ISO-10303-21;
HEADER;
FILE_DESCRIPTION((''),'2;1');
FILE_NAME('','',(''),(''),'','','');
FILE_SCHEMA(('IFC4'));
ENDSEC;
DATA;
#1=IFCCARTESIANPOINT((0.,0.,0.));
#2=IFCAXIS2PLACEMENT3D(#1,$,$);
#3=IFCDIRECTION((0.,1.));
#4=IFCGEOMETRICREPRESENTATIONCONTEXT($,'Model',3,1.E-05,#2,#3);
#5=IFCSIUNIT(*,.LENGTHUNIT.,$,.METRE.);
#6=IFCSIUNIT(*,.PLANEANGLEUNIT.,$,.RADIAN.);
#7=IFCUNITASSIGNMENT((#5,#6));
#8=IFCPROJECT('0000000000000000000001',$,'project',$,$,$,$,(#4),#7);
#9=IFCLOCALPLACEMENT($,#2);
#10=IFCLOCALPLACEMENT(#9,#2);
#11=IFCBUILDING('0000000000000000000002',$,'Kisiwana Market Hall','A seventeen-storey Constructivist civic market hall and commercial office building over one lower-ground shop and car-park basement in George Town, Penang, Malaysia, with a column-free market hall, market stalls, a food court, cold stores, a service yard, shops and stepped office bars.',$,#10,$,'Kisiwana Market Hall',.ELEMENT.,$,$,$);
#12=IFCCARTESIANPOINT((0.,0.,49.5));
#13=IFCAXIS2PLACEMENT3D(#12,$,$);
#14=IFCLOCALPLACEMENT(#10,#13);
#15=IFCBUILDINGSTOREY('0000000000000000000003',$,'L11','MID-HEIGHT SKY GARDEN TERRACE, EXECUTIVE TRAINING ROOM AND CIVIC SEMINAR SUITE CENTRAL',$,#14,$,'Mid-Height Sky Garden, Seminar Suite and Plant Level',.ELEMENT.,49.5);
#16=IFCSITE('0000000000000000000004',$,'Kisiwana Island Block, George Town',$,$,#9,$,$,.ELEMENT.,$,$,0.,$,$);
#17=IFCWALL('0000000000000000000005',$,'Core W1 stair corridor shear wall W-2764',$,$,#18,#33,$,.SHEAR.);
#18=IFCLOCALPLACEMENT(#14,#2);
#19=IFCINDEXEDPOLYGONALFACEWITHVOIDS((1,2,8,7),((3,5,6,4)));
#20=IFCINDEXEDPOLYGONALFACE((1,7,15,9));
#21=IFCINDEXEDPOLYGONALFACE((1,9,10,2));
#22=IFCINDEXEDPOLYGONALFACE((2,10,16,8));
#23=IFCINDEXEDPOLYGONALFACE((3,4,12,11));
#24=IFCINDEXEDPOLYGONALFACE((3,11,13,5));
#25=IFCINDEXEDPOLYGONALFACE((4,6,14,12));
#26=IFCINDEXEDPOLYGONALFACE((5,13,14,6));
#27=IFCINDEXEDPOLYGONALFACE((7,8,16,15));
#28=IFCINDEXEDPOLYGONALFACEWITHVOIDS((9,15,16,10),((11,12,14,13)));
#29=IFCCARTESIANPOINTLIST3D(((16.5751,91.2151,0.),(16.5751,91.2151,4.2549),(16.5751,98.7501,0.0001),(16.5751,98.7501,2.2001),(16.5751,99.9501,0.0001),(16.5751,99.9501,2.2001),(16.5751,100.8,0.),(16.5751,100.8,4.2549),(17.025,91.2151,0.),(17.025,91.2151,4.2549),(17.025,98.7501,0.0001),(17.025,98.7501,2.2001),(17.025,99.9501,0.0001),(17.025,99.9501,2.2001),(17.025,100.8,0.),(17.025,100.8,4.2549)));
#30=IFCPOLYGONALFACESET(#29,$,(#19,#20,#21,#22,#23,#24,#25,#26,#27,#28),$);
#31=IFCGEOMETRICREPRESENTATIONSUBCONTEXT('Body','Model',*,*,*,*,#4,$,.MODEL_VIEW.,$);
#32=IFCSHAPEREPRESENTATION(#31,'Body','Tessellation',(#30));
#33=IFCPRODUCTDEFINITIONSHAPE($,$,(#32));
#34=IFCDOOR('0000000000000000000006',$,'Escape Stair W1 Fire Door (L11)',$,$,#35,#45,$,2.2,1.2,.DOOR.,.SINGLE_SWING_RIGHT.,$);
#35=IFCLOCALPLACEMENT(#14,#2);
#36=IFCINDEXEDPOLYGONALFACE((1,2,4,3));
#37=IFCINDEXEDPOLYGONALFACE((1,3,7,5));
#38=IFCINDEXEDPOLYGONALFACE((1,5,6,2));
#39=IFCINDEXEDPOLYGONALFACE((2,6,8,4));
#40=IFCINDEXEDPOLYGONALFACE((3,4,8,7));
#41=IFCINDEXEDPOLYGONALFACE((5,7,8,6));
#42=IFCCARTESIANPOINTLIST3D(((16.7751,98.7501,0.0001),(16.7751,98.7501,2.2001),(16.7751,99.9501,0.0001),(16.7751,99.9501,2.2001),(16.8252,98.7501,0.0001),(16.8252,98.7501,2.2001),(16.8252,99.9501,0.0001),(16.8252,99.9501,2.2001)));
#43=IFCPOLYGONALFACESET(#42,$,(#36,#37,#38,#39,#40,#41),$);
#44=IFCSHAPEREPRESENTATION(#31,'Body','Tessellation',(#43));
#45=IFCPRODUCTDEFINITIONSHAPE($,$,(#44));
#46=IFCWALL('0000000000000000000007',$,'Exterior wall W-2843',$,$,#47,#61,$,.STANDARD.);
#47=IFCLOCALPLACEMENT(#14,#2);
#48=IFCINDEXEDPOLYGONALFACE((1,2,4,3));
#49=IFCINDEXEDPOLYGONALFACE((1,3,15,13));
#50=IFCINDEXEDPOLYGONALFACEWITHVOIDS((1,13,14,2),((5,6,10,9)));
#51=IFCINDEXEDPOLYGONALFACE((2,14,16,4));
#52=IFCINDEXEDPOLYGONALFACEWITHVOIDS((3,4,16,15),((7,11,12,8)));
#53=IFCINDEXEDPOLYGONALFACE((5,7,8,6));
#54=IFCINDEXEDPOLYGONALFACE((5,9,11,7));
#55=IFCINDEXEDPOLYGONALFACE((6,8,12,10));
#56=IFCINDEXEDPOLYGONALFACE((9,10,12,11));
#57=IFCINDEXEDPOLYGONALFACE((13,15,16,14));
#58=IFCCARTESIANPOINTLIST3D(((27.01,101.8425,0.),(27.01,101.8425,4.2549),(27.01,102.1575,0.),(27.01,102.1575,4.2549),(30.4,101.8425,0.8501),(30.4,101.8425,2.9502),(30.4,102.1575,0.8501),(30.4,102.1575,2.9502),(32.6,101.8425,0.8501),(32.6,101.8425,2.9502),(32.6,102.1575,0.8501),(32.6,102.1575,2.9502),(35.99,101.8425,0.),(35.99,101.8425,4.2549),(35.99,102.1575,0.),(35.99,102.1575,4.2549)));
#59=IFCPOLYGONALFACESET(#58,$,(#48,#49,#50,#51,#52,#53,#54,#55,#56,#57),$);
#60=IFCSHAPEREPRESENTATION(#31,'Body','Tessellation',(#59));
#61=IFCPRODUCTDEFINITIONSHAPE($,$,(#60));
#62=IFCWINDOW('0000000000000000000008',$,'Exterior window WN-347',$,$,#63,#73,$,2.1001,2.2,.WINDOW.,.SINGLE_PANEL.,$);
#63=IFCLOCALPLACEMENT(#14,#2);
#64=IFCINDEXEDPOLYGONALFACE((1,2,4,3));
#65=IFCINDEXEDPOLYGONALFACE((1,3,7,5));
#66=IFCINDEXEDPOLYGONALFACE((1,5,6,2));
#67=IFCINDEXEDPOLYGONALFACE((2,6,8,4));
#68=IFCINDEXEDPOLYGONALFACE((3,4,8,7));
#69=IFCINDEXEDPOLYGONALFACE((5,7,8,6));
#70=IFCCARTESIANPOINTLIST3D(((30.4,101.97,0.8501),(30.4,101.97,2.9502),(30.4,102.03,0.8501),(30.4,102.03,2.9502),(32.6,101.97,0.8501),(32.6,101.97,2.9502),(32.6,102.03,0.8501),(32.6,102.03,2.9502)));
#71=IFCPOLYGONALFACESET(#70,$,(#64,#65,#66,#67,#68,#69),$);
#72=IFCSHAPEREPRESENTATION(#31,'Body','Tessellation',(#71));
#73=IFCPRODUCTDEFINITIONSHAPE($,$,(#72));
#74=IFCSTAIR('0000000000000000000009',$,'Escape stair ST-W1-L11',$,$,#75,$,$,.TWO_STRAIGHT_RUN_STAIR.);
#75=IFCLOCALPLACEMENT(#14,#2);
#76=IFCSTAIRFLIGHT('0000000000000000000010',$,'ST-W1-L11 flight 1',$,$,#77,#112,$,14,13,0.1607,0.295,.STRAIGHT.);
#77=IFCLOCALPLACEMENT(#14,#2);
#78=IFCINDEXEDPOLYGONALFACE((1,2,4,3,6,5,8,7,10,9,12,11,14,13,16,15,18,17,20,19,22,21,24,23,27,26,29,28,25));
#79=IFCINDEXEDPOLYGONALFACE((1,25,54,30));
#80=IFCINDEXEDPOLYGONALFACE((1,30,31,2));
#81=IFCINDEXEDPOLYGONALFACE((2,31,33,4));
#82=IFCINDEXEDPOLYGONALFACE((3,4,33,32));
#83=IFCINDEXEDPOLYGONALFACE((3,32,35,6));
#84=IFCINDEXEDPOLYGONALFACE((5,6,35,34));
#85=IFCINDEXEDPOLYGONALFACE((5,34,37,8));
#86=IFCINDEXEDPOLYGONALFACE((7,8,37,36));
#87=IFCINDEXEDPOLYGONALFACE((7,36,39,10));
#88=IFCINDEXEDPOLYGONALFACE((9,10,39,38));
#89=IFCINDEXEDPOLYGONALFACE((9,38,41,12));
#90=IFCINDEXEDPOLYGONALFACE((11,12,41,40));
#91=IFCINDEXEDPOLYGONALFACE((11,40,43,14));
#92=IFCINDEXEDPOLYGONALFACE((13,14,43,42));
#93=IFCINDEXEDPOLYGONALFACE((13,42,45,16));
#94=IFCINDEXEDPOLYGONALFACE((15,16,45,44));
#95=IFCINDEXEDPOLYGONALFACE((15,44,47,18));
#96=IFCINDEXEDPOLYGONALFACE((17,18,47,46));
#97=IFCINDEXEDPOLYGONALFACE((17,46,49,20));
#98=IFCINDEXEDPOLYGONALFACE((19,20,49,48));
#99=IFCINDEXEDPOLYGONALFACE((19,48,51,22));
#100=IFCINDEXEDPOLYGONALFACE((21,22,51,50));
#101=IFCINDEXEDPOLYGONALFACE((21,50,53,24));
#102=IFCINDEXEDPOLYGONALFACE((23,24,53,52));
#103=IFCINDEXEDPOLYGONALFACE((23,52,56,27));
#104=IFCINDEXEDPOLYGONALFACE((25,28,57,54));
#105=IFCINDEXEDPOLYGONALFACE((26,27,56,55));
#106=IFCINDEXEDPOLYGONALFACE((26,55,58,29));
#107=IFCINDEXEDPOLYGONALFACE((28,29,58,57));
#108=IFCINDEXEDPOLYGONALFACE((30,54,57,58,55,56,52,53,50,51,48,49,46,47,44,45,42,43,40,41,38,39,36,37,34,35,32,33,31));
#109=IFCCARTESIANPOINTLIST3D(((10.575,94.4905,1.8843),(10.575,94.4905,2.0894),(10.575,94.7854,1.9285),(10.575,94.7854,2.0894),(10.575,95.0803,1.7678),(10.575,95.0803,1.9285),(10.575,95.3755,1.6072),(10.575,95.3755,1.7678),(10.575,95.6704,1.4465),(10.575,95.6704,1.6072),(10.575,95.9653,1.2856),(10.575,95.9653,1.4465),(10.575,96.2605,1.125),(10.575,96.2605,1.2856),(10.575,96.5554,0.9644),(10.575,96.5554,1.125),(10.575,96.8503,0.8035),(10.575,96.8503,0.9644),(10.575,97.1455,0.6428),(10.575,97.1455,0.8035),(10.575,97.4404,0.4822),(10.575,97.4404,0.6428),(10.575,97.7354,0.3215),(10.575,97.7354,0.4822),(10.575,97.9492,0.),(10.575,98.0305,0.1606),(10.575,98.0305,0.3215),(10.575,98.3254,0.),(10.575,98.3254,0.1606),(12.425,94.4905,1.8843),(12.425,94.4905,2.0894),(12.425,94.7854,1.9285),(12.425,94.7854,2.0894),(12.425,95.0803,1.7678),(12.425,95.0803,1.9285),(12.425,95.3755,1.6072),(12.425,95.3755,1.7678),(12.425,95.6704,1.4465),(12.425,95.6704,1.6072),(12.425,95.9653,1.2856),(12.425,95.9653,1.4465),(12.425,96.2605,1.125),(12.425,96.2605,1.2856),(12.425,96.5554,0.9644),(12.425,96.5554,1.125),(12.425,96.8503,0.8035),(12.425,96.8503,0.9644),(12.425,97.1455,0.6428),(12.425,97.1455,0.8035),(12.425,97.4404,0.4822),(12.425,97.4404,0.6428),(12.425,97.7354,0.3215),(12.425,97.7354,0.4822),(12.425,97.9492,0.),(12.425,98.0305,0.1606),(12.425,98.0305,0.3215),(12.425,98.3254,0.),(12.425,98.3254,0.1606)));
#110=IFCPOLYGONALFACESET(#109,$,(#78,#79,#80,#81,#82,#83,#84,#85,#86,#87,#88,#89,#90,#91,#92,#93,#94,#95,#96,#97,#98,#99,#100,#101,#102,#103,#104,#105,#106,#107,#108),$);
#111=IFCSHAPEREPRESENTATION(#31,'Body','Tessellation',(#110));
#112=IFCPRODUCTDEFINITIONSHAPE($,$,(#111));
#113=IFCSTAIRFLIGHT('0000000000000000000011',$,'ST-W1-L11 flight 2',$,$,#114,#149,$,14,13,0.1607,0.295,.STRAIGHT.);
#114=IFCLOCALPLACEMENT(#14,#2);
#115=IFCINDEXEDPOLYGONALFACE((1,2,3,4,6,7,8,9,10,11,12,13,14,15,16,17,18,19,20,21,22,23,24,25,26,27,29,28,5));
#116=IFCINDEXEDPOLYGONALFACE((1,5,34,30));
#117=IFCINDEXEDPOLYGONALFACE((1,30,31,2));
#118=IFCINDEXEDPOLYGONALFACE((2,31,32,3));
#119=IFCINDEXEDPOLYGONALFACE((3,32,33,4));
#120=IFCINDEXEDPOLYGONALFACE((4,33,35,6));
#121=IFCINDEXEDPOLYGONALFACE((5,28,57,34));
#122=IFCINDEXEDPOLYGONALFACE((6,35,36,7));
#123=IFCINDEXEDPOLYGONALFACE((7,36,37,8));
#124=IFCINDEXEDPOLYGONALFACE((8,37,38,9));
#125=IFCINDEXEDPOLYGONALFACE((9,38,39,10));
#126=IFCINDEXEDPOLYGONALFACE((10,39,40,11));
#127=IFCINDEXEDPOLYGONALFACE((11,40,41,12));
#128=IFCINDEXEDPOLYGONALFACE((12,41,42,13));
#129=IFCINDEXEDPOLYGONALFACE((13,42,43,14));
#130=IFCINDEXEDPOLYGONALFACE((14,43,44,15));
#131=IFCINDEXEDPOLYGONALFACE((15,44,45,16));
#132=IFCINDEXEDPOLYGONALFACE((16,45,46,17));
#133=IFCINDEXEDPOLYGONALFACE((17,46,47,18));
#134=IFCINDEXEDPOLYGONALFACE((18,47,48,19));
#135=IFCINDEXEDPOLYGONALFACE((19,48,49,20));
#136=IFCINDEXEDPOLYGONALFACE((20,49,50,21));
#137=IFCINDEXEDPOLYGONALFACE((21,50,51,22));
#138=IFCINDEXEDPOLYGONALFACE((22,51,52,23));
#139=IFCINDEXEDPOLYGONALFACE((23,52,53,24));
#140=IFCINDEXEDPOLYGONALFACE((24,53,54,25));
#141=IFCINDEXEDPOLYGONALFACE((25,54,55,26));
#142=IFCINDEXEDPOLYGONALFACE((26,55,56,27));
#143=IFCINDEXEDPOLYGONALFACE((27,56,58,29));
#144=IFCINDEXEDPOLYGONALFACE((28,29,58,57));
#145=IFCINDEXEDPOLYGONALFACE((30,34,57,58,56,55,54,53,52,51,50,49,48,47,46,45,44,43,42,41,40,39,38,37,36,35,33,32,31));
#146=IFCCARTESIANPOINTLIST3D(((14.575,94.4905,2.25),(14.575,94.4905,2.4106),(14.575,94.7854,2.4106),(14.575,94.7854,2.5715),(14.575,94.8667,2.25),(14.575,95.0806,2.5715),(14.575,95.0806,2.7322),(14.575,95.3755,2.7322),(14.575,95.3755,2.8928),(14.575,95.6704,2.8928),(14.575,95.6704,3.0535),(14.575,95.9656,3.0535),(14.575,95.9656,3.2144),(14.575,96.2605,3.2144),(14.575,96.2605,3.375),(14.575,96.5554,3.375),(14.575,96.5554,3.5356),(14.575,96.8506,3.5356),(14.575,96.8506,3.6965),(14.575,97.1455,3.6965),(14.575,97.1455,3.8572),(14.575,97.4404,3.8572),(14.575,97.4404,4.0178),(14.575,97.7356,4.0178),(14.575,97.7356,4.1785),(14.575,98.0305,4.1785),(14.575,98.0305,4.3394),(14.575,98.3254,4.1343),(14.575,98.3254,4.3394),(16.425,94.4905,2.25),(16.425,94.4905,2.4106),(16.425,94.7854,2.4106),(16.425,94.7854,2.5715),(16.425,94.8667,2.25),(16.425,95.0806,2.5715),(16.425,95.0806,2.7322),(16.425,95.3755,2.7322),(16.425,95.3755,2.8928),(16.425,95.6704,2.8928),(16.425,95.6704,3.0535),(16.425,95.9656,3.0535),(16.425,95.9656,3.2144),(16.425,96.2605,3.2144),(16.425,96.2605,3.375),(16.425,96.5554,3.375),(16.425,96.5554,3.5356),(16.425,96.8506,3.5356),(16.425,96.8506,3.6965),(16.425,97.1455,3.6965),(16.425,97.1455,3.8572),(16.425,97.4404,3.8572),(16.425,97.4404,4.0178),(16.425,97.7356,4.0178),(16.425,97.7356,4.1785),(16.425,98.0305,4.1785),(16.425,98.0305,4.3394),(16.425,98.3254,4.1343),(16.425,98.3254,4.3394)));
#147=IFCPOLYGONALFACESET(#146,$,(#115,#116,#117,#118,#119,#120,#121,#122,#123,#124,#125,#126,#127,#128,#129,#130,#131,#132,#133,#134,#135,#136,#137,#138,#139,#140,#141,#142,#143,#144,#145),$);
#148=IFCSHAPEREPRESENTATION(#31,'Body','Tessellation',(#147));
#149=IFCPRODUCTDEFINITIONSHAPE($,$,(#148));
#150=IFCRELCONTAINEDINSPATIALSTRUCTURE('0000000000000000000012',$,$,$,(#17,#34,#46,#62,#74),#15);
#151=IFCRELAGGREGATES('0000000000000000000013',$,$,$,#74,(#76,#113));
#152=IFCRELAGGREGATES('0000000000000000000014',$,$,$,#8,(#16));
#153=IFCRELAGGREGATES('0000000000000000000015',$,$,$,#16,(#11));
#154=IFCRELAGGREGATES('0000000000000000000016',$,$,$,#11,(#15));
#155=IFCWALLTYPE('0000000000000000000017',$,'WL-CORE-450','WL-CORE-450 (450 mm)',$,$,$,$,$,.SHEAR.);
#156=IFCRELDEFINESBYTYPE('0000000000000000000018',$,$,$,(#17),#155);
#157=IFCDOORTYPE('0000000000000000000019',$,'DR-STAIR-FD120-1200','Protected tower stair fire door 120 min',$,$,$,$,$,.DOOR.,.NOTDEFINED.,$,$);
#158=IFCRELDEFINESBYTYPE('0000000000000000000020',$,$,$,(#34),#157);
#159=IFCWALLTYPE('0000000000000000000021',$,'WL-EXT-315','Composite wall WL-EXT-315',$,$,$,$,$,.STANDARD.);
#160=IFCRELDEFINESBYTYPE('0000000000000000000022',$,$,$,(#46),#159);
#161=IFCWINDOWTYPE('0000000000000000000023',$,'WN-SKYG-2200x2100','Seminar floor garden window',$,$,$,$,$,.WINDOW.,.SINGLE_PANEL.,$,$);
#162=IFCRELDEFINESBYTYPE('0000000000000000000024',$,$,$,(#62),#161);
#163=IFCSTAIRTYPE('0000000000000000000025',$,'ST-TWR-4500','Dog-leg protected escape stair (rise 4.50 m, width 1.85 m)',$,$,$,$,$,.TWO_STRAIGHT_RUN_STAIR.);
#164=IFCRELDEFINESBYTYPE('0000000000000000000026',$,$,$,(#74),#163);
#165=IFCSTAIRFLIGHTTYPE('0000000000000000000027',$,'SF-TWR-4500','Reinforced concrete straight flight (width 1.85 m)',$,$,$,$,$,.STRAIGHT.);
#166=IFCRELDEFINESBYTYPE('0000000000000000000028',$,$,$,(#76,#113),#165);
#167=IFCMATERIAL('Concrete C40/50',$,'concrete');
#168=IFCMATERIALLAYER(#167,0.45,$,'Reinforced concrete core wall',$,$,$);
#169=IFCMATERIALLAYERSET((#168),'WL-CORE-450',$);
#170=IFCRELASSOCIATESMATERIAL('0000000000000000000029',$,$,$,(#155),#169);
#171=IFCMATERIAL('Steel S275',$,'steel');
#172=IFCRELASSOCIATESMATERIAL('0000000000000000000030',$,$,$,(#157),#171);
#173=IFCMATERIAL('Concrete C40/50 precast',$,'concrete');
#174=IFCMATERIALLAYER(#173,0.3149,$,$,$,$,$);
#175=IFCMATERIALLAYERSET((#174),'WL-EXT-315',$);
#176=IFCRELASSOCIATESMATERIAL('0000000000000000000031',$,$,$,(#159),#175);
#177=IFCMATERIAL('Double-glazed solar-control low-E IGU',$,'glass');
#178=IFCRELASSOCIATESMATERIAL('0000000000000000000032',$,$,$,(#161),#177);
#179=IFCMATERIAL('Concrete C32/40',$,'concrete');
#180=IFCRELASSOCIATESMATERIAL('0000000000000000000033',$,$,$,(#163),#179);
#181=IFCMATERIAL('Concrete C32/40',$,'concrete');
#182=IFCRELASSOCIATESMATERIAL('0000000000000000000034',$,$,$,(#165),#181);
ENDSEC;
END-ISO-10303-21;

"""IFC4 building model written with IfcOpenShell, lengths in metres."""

from ifc_helpers import new_model, si_unit, direction, frame, frame_2d, origin, place, context, subcontext, project, spatial, polyline, rectangle, outline, extrude, material, layer, layer_set, type_object, element, fill, aggregate, save


model = new_model("IFC4")

# Units and contexts
model_context = context("Model", 3, precision=1e-05, world=origin(), true_north=direction((0.0, 1.0)))
body_context = subcontext(model_context, "Body", "Model", "MODEL_VIEW")
ifc_project = project(units=[si_unit("LENGTHUNIT", "METRE"), si_unit("PLANEANGLEUNIT", "RADIAN")], contexts=[model_context])

# Site, building, storey
site_placement = place(None, origin())
site = spatial("IfcSite", under=ifc_project, at=site_placement, Name="Kisiwana Island Block, George Town", CompositionType="ELEMENT", RefElevation=0.0)
building_placement = place(site_placement, origin())
building = spatial("IfcBuilding", under=site, at=building_placement, Name="Kisiwana Market Hall", Description="A seventeen-storey Constructivist civic market hall and commercial office building over one lower-ground shop and car-park basement in George Town, Penang, Malaysia, with a column-free market hall, market stalls, a food court, cold stores, a service yard, shops and stepped office bars.", LongName="Kisiwana Market Hall", CompositionType="ELEMENT")
storey_placement = place(building_placement, frame((0.0, 0.0, 49.5)))
storey = spatial("IfcBuildingStorey", under=building, at=storey_placement, Name="L11", Description="MID-HEIGHT SKY GARDEN TERRACE, EXECUTIVE TRAINING ROOM AND CIVIC SEMINAR SUITE CENTRAL", LongName="Mid-Height Sky Garden, Seminar Suite and Plant Level", CompositionType="ELEMENT", Elevation=49.5)

# Wall, opening, door
ifc_material_1 = material(Name="Concrete C40/50", Category="concrete")
ifc_layer_1 = layer(ifc_material_1, 0.45, Name="Reinforced concrete core wall")
ifc_layer_set_1 = layer_set([ifc_layer_1], Name="WL-CORE-450")
wall_type_1 = type_object("IfcWallType", Name="WL-CORE-450", Description="WL-CORE-450 (450 mm)", PredefinedType="SHEAR", material=ifc_layer_set_1)
wall_1_placement = place(storey_placement, frame((16.8, 91.2151, 0.0), z_axis=(0.0, 0.0, 1.0), x_axis=(0.0, 1.0, 0.0)))
wall_1 = element("IfcWall", 1, at=wall_1_placement, inside=storey, type_object=wall_type_1, Name="Core W1 stair corridor shear wall W-2764", PredefinedType="SHEAR", context=body_context, shape_type="SweptSolid", body=[
    extrude(rectangle(XDim=9.585, YDim=0.45, at=frame_2d((4.7925, 0.0))), origin(), (0.0, 0.0, 1.0), 4.2549),
])
opening_1_placement = place(wall_1_placement, frame((7.5349, 0.0, 0.0)))
opening_1 = element("IfcOpeningElement", 2, at=opening_1_placement, cuts=wall_1, PredefinedType="OPENING", context=body_context, shape_type="SweptSolid", body=[
    extrude(rectangle(XDim=1.2, YDim=2.2, at=frame_2d((0.6001, 1.1001))), frame((0.0, 0.2368, 0.0), z_axis=(0.0, -1.0, 0.0), x_axis=(1.0, 0.0, 0.0)), (0.0, 0.0, 1.0), 0.4739),
])
ifc_material_2 = material(Name="Steel S275", Category="steel")
door_type = type_object("IfcDoorType", Name="DR-STAIR-FD120-1200", Description="Protected tower stair fire door 120 min", OperationType="NOTDEFINED", PredefinedType="DOOR", material=ifc_material_2)
door_placement = place(opening_1_placement, origin())
door = element("IfcDoor", 3, at=door_placement, inside=storey, type_object=door_type, Name="Escape Stair W1 Fire Door (L11)", OperationType="SINGLE_SWING_RIGHT", OverallHeight=2.2, OverallWidth=1.2, PredefinedType="DOOR", context=body_context, shape_type="SweptSolid", body=[
    extrude(rectangle(XDim=1.2, YDim=2.2, at=frame_2d((0.6001, 1.1001))), frame((0.0, 0.0249, 0.0), z_axis=(0.0, -1.0, 0.0), x_axis=(1.0, 0.0, 0.0)), (0.0, 0.0, 1.0), 0.05),
])
fill(opening_1, door)

# Wall, opening, window
ifc_material_3 = material(Name="Concrete C40/50 precast", Category="concrete")
ifc_layer_2 = layer(ifc_material_3, 0.3149)
ifc_layer_set_2 = layer_set([ifc_layer_2], Name="WL-EXT-315")
wall_type_2 = type_object("IfcWallType", Name="WL-EXT-315", Description="Composite wall WL-EXT-315", PredefinedType="STANDARD", material=ifc_layer_set_2)
wall_2_placement = place(storey_placement, frame((27.01, 102.0, 0.0), z_axis=(0.0, 0.0, 1.0), x_axis=(1.0, 0.0, 0.0)))
wall_2 = element("IfcWall", 4, at=wall_2_placement, inside=storey, type_object=wall_type_2, Name="Exterior wall W-2843", PredefinedType="STANDARD", context=body_context, shape_type="SweptSolid", body=[
    extrude(rectangle(XDim=8.98, YDim=0.3149, at=frame_2d((4.49, 0.0))), origin(), (0.0, 0.0, 1.0), 4.2549),
])
opening_2_placement = place(wall_2_placement, frame((3.3899, 0.0, 0.8501)))
opening_2 = element("IfcOpeningElement", 5, at=opening_2_placement, cuts=wall_2, PredefinedType="OPENING", context=body_context, shape_type="SweptSolid", body=[
    extrude(rectangle(XDim=2.2, YDim=2.1001, at=frame_2d((1.1001, 1.05))), frame((0.0, 0.1694, 0.0), z_axis=(0.0, -1.0, 0.0), x_axis=(1.0, 0.0, 0.0)), (0.0, 0.0, 1.0), 0.3389),
])
ifc_material_4 = material(Name="Double-glazed solar-control low-E IGU", Category="glass")
window_type = type_object("IfcWindowType", Name="WN-SKYG-2200x2100", Description="Seminar floor garden window", PartitioningType="SINGLE_PANEL", PredefinedType="WINDOW", material=ifc_material_4)
window_placement = place(opening_2_placement, origin())
window = element("IfcWindow", 6, at=window_placement, inside=storey, type_object=window_type, Name="Exterior window WN-347", OverallHeight=2.1001, OverallWidth=2.2, PartitioningType="SINGLE_PANEL", PredefinedType="WINDOW", context=body_context, shape_type="SweptSolid", body=[
    extrude(rectangle(XDim=2.2, YDim=2.1001, at=frame_2d((1.1001, 1.05))), frame((0.0, 0.03, 0.0), z_axis=(0.0, -1.0, 0.0), x_axis=(1.0, 0.0, 0.0)), (0.0, 0.0, 1.0), 0.0601),
])
fill(opening_2, window)

# Stair, stair flights
ifc_material_5 = material(Name="Concrete C32/40", Category="concrete")
stair_type = type_object("IfcStairType", Name="ST-TWR-4500", Description="Dog-leg protected escape stair (rise 4.50 m, width 1.85 m)", PredefinedType="TWO_STRAIGHT_RUN_STAIR", material=ifc_material_5)
stair_placement = place(storey_placement, origin())
stair = element("IfcStair", 7, at=stair_placement, inside=storey, type_object=stair_type, Name="Escape stair ST-W1-L11", PredefinedType="TWO_STRAIGHT_RUN_STAIR")
ifc_material_6 = material(Name="Concrete C32/40", Category="concrete")
stair_flight_type = type_object("IfcStairFlightType", Name="SF-TWR-4500", Description="Reinforced concrete straight flight (width 1.85 m)", PredefinedType="STRAIGHT", material=ifc_material_6)
stair_flight_1_placement = place(storey_placement, frame((11.5, 98.3254, 0.0), z_axis=(0.0, 0.0, 1.0), x_axis=(0.0, -1.0, 0.0)))
stair_flight_1 = element("IfcStairFlight", 8, at=stair_flight_1_placement, type_object=stair_flight_type, Name="ST-W1-L11 flight 1", NumberOfRisers=14, NumberOfTreads=13, PredefinedType="STRAIGHT", RiserHeight=0.1607, TreadLength=0.295, context=body_context, shape_type="SweptSolid", body=[
    extrude(outline(polyline([(0.0, 0.0), (0.0, 0.1606), (0.2949, 0.1606), (0.2949, 0.3215), (0.5901, 0.3215), (0.5901, 0.4822), (0.885, 0.4822), (0.885, 0.6428), (1.1799, 0.6428), (1.1799, 0.8035), (1.4751, 0.8035), (1.4751, 0.9644), (1.77, 0.9644), (1.77, 1.125), (2.0649, 1.125), (2.0649, 1.2856), (2.3601, 1.2856), (2.3601, 1.4465), (2.655, 1.4465), (2.655, 1.6072), (2.95, 1.6072), (2.95, 1.7678), (3.2451, 1.7678), (3.2451, 1.9285), (3.54, 1.9285), (3.54, 2.0894), (3.835, 2.0894), (3.835, 2.25), (3.835, 1.8843), (0.3762, 0.0), (0.0, 0.0)])), frame((0.0, 0.925, 0.0), z_axis=(0.0, -1.0, 0.0), x_axis=(1.0, 0.0, 0.0)), (0.0, 0.0, 1.0), 1.8501),
])
stair_flight_2_placement = place(storey_placement, frame((15.5, 94.4905, 2.25), z_axis=(0.0, 0.0, 1.0), x_axis=(0.0, 1.0, 0.0)))
stair_flight_2 = element("IfcStairFlight", 9, at=stair_flight_2_placement, type_object=stair_flight_type, Name="ST-W1-L11 flight 2", NumberOfRisers=14, NumberOfTreads=13, PredefinedType="STRAIGHT", RiserHeight=0.1607, TreadLength=0.295, context=body_context, shape_type="SweptSolid", body=[
    extrude(outline(polyline([(0.0, 0.0), (0.0, 0.1606), (0.2949, 0.1606), (0.2949, 0.3215), (0.5901, 0.3215), (0.5901, 0.4822), (0.885, 0.4822), (0.885, 0.6428), (1.1799, 0.6428), (1.1799, 0.8035), (1.4751, 0.8035), (1.4751, 0.9644), (1.77, 0.9644), (1.77, 1.125), (2.0649, 1.125), (2.0649, 1.2856), (2.3601, 1.2856), (2.3601, 1.4465), (2.655, 1.4465), (2.655, 1.6072), (2.95, 1.6072), (2.95, 1.7678), (3.2451, 1.7678), (3.2451, 1.9285), (3.54, 1.9285), (3.54, 2.0894), (3.835, 2.0894), (3.835, 2.25), (3.835, 1.8843), (0.3762, 0.0), (0.0, 0.0)])), frame((0.0, 0.925, 0.0), z_axis=(0.0, -1.0, 0.0), x_axis=(1.0, 0.0, 0.0)), (0.0, 0.0, 1.0), 1.8501),
])
aggregate(stair, [stair_flight_1, stair_flight_2])

save(model, "model.ifc")
